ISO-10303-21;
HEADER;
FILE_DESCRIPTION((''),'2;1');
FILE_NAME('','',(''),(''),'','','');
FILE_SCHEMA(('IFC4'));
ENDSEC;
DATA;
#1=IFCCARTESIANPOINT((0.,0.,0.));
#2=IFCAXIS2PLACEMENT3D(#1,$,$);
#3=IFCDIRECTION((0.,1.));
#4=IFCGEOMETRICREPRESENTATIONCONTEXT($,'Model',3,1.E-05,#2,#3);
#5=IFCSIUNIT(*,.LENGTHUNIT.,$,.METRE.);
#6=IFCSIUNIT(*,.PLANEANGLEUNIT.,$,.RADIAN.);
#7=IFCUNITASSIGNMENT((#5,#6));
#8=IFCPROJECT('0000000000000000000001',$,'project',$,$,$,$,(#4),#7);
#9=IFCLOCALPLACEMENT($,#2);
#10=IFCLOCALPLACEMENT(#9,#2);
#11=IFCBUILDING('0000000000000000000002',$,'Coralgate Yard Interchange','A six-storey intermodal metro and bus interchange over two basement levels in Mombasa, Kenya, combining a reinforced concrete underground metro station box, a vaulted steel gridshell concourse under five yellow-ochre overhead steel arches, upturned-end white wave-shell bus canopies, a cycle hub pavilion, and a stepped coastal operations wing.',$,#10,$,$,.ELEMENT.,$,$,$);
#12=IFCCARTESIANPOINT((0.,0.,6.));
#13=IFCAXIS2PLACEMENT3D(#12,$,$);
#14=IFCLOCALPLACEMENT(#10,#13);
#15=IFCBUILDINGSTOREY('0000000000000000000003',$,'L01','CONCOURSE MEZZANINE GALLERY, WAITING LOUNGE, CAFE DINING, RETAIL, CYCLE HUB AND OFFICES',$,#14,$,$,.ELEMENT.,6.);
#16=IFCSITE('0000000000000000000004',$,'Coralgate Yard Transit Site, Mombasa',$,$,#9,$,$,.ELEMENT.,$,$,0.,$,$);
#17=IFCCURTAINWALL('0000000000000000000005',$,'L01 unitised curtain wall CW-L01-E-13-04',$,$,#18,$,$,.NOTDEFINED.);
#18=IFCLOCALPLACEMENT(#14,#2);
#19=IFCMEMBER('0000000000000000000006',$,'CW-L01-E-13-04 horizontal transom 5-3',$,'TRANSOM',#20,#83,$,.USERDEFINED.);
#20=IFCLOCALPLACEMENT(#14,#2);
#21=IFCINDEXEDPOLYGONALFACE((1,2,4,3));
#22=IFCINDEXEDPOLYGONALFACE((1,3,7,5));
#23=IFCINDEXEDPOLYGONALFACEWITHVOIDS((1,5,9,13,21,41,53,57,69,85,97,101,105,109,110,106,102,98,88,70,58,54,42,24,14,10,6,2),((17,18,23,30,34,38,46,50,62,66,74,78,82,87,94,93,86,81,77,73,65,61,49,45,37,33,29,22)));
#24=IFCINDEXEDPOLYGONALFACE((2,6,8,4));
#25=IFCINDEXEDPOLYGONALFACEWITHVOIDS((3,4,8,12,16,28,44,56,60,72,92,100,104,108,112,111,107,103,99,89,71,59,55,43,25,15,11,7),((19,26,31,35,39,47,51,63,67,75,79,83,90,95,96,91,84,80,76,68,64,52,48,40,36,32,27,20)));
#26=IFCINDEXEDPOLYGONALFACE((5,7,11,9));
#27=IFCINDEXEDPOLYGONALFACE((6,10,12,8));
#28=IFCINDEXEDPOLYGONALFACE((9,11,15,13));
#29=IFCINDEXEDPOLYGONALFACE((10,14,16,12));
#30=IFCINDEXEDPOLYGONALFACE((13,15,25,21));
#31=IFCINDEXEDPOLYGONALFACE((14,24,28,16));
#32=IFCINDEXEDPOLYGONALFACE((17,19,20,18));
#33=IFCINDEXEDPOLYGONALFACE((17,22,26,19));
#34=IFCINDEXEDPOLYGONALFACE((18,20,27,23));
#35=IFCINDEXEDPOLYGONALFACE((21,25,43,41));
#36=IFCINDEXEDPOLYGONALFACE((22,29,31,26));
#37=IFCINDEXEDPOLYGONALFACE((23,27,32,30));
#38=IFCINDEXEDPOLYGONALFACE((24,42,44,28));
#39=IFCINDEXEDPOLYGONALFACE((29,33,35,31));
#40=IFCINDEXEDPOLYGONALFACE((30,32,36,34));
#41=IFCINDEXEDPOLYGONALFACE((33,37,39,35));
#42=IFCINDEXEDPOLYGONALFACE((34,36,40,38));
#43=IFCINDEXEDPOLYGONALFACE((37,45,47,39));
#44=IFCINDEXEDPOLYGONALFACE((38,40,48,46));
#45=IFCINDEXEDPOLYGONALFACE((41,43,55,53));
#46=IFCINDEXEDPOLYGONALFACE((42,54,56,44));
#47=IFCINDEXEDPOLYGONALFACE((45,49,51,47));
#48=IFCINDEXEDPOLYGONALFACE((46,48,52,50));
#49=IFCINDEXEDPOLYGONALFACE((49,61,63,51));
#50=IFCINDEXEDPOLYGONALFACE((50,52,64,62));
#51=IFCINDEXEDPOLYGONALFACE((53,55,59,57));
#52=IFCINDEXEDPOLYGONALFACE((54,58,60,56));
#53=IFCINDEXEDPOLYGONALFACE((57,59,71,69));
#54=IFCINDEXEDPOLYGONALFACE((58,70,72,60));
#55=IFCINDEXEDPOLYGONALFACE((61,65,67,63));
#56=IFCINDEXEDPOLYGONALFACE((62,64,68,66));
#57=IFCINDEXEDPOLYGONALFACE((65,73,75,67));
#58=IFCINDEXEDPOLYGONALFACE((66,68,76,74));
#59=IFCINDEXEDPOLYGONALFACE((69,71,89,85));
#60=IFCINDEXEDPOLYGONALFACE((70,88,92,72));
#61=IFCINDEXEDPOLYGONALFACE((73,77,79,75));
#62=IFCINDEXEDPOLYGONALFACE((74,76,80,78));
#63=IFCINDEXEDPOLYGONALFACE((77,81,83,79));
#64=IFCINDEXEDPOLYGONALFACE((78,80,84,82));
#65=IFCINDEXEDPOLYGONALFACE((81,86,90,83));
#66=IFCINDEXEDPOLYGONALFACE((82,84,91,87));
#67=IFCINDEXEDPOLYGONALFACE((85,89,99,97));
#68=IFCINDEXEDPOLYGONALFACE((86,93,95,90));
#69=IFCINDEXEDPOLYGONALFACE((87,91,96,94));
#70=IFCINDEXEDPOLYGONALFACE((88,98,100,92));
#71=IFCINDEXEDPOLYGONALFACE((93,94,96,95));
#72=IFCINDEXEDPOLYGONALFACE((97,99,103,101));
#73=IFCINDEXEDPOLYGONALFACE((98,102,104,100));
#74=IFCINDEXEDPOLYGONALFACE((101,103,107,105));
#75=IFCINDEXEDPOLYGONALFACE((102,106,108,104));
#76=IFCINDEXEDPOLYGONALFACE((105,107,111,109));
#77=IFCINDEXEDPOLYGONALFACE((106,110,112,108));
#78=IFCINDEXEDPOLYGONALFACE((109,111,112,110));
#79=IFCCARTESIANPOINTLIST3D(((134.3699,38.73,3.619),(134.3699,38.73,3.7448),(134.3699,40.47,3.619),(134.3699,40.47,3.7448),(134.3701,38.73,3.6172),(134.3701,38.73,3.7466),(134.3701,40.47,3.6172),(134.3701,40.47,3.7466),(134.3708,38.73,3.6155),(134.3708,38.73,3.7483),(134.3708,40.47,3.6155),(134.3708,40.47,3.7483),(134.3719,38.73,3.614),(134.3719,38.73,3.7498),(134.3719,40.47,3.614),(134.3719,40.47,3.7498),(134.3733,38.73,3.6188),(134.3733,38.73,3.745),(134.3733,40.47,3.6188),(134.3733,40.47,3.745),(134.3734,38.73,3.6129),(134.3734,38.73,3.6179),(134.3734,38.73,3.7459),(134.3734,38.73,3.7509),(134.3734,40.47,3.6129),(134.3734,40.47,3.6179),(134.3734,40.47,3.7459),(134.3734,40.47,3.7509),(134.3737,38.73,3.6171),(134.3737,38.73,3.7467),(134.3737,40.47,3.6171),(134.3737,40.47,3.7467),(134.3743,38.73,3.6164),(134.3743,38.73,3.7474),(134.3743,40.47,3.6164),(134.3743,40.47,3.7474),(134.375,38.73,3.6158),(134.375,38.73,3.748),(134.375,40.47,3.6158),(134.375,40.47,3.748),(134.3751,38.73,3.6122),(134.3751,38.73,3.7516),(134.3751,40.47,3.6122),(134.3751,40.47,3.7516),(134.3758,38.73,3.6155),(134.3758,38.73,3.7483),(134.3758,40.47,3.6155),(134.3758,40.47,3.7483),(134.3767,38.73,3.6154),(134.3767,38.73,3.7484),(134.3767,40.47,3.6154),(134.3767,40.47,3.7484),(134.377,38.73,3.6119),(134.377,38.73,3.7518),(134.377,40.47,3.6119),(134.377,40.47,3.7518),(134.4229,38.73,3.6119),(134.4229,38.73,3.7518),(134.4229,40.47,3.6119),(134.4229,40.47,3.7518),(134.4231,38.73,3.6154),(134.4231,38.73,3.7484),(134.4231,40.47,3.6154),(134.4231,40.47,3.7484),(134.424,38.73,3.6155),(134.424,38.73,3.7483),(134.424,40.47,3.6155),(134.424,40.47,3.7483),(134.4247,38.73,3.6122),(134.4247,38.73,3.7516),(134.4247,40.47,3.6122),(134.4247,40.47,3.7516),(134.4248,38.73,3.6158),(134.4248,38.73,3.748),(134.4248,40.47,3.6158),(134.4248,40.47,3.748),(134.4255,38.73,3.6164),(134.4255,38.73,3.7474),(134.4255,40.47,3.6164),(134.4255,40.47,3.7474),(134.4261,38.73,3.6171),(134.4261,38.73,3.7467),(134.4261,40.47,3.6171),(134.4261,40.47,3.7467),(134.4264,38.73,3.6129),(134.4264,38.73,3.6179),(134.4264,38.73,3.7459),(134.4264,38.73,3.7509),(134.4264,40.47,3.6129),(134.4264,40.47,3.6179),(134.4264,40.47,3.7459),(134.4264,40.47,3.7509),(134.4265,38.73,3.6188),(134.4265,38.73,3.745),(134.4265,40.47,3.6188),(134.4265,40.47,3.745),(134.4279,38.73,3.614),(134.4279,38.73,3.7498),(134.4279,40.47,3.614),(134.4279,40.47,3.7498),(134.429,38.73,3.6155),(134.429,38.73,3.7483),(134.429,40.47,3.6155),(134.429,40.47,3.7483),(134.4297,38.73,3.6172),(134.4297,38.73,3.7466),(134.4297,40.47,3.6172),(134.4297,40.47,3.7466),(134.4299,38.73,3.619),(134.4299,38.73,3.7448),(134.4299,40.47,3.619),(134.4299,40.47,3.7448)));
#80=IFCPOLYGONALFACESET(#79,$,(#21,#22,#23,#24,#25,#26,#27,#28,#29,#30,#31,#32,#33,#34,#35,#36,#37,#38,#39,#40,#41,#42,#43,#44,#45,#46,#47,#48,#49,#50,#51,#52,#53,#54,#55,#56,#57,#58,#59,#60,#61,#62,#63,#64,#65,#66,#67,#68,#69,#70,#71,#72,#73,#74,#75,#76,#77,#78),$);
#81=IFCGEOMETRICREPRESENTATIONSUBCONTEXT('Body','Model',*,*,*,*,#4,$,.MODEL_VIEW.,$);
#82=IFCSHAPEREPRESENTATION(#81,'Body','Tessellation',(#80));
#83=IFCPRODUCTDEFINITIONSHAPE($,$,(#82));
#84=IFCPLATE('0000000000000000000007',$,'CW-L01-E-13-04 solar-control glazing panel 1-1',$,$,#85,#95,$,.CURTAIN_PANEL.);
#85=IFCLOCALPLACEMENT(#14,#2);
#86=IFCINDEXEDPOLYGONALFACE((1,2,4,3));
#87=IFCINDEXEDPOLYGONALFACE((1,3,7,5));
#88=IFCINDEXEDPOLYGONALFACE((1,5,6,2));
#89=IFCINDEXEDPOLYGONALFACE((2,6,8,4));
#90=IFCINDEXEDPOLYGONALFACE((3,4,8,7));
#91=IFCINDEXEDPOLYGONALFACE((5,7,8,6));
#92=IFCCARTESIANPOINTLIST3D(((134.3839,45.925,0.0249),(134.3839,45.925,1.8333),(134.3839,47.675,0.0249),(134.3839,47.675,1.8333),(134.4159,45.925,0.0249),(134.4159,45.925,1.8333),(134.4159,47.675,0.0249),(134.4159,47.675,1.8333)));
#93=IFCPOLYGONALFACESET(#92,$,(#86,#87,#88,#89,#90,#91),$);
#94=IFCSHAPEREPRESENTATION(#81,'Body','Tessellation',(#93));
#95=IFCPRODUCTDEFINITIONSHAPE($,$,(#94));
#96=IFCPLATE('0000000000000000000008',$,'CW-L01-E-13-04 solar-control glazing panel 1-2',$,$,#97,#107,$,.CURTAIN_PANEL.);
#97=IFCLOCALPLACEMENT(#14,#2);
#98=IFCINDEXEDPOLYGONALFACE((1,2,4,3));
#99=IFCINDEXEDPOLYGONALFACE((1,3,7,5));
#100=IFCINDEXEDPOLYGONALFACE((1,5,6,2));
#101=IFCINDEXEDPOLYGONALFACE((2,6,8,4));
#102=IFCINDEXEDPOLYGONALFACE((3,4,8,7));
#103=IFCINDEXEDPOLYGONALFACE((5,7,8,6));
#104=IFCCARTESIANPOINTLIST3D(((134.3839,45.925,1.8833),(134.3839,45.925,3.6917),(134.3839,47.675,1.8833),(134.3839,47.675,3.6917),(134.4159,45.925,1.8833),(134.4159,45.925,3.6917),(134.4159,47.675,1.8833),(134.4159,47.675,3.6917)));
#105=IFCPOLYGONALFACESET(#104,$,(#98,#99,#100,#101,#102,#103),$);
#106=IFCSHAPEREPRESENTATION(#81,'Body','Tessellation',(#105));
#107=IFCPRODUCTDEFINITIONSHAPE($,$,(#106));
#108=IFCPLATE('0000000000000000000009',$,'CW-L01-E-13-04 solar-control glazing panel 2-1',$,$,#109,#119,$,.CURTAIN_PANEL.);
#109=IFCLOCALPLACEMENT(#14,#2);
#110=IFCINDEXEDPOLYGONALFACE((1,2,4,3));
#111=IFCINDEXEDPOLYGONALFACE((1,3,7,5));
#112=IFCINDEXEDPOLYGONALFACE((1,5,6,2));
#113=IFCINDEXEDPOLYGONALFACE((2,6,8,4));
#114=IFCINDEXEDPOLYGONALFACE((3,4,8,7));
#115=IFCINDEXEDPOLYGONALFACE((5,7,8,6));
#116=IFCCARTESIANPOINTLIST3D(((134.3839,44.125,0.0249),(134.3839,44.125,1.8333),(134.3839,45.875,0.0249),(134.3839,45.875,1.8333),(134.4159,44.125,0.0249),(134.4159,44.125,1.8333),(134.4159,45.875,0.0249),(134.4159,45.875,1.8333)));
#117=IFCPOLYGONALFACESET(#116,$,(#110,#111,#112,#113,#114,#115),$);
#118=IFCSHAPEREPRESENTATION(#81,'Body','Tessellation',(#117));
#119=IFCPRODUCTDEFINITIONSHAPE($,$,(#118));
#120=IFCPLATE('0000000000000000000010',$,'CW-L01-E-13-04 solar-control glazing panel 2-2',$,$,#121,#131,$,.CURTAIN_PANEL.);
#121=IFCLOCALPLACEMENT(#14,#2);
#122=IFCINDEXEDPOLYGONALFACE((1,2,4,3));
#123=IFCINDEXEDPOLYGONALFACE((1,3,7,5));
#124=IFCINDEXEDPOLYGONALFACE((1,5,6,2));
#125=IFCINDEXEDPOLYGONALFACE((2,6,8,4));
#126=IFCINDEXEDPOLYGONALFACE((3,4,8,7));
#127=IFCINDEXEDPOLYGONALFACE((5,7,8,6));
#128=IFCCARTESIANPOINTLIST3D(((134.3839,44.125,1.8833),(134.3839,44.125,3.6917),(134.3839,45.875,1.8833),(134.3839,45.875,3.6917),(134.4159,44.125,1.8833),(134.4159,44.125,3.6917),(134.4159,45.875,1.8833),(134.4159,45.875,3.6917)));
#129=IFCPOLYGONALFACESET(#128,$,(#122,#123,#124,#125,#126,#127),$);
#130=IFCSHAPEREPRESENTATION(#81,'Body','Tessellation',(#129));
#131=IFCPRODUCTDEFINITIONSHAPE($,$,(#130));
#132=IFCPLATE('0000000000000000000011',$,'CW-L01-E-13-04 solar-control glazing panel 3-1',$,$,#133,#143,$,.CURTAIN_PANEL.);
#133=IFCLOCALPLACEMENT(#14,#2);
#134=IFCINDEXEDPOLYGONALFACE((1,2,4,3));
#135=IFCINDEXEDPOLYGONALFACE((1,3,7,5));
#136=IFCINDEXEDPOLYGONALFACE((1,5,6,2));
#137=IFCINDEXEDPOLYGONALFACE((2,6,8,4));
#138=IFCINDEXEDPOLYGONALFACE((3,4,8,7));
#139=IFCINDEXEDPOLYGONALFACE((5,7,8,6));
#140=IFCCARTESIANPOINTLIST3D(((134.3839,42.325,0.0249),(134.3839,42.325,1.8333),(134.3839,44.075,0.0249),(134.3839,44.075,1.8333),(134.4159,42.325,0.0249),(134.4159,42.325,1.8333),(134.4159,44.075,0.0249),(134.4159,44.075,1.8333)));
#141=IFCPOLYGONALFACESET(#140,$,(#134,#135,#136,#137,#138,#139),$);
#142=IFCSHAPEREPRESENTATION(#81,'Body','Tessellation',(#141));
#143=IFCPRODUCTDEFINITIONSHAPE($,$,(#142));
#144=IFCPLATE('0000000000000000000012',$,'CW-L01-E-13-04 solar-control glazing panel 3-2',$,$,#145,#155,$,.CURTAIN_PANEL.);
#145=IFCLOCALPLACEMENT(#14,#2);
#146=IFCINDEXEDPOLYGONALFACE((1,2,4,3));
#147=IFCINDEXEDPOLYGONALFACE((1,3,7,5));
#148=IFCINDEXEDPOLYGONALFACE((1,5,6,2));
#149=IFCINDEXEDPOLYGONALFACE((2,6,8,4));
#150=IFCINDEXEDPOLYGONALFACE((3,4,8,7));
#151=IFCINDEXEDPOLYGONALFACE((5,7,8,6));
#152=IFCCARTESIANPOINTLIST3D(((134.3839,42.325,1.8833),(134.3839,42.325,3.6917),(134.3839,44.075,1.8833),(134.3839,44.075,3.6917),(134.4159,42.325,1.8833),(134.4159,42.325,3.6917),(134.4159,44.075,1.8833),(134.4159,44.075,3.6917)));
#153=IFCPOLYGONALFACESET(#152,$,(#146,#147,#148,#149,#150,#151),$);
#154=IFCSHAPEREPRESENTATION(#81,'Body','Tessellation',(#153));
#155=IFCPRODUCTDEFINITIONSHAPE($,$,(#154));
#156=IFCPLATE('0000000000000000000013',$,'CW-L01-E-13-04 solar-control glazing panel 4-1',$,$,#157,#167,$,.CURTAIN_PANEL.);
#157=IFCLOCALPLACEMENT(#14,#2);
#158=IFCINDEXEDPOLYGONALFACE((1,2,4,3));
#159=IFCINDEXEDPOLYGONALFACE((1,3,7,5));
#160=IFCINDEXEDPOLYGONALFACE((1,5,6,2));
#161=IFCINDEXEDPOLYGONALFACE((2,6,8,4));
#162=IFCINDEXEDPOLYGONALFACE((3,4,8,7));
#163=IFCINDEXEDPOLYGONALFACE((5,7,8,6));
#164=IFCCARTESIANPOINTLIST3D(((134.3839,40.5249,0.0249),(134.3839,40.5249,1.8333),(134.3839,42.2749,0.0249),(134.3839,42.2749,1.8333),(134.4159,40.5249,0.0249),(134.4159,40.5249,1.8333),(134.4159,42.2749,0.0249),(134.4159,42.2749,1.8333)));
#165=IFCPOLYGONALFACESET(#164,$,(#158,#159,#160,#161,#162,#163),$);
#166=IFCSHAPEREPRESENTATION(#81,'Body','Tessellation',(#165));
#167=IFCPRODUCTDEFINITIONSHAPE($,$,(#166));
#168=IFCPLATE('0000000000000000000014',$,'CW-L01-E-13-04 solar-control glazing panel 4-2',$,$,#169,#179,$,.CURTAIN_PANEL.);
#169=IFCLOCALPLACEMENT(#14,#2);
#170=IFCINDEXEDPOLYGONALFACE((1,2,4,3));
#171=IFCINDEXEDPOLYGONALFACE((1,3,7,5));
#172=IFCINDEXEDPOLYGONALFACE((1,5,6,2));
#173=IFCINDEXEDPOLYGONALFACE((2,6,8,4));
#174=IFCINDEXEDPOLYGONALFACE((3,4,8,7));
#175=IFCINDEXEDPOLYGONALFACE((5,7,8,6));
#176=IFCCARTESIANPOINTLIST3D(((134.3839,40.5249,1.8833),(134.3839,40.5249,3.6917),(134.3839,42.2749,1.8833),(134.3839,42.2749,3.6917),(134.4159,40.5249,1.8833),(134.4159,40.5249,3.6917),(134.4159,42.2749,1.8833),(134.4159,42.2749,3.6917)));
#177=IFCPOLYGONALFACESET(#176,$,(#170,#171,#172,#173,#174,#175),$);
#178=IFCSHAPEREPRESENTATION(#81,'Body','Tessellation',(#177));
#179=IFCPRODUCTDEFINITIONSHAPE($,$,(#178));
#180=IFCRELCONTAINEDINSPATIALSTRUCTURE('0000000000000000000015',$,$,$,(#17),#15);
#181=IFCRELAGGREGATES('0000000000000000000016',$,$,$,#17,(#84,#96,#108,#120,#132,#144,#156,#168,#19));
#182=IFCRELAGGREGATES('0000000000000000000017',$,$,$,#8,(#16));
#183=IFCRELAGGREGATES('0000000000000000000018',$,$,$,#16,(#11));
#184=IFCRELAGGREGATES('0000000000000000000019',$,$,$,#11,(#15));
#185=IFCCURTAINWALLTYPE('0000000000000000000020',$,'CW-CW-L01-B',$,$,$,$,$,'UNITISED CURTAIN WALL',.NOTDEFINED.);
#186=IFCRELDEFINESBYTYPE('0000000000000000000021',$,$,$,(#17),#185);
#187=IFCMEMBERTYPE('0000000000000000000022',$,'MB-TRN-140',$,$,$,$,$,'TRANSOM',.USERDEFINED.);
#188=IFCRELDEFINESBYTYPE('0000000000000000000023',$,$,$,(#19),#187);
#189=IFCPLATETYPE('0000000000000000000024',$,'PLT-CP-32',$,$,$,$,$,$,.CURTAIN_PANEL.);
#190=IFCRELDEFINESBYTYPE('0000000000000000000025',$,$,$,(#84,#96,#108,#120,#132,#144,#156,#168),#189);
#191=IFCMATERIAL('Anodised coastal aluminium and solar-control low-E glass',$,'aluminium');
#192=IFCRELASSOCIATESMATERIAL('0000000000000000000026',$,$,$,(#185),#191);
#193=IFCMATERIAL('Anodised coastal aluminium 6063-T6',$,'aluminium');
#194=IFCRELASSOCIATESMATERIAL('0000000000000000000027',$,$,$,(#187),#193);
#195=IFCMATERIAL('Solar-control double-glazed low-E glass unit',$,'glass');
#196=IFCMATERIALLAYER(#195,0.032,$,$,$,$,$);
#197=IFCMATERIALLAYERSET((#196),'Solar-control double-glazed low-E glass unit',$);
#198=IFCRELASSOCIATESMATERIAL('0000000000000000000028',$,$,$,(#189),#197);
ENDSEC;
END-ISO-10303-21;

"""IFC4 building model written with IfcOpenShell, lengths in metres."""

from ifc_helpers import new_model, si_unit, direction, frame, origin, origin_2d, place, context, subcontext, project, spatial, rectangle, hollow_rectangle, extrude, material, layer, layer_set, material_profile, profile_set, type_object, element, aggregate, save


model = new_model("IFC4")

# Units and contexts
model_context = context("Model", 3, precision=1e-05, world=origin(), true_north=direction((0.0, 1.0)))
body_context = subcontext(model_context, "Body", "Model", "MODEL_VIEW")
ifc_project = project(units=[si_unit("LENGTHUNIT", "METRE"), si_unit("PLANEANGLEUNIT", "RADIAN")], contexts=[model_context])

# Site, building, storey
site_placement = place(None, origin())
site = spatial("IfcSite", under=ifc_project, at=site_placement, Name="Coralgate Yard Transit Site, Mombasa", CompositionType="ELEMENT", RefElevation=0.0)
building_placement = place(site_placement, origin())
building = spatial("IfcBuilding", under=site, at=building_placement, Name="Coralgate Yard Interchange", Description="A six-storey intermodal metro and bus interchange over two basement levels in Mombasa, Kenya, combining a reinforced concrete underground metro station box, a vaulted steel gridshell concourse under five yellow-ochre overhead steel arches, upturned-end white wave-shell bus canopies, a cycle hub pavilion, and a stepped coastal operations wing.", CompositionType="ELEMENT")
storey_placement = place(building_placement, frame((0.0, 0.0, 6.0)))
storey = spatial("IfcBuildingStorey", under=building, at=storey_placement, Name="L01", Description="CONCOURSE MEZZANINE GALLERY, WAITING LOUNGE, CAFE DINING, RETAIL, CYCLE HUB AND OFFICES", CompositionType="ELEMENT", Elevation=6.0)

# Curtain wall, member, plates
ifc_material_1 = material(Name="Anodised coastal aluminium and solar-control low-E glass", Category="aluminium")
curtain_wall_type = type_object("IfcCurtainWallType", Name="CW-CW-L01-B", ElementType="UNITISED CURTAIN WALL", PredefinedType="NOTDEFINED", material=ifc_material_1)
curtain_wall_placement = place(storey_placement, origin())
curtain_wall = element("IfcCurtainWall", 1, at=curtain_wall_placement, inside=storey, type_object=curtain_wall_type, Name="L01 unitised curtain wall CW-L01-E-13-04", PredefinedType="NOTDEFINED")
ifc_material_2 = material(Name="Anodised coastal aluminium 6063-T6", Category="aluminium")
ifc_material_profile_1 = material_profile(ifc_material_2, hollow_rectangle(XDim=0.0601, YDim=0.1399, WallThickness=0.0034, InnerFilletRadius=0.0034, OuterFilletRadius=0.0071, at=origin_2d()), Name="ALU 60x140x3.5")
ifc_profile_set_1 = profile_set([ifc_material_profile_1], Name="Anodised coastal aluminium 6063-T6")
member_type_1 = type_object("IfcMemberType", Name="MB-TRN-140", ElementType="TRANSOM", PredefinedType="USERDEFINED", material=ifc_profile_set_1)
member_1_placement = place(storey_placement, frame((134.3999, 40.47, 3.6819), z_axis=(0.0, -1.0, 0.0), x_axis=(1.0, 0.0, 0.0)))
member_1 = element("IfcMember", 2, at=member_1_placement, type_object=member_type_1, Name="CW-L01-E-13-04 horizontal transom 5-3", ObjectType="TRANSOM", PredefinedType="USERDEFINED", context=body_context, shape_type="SweptSolid", body=[
    extrude(hollow_rectangle(XDim=0.0601, YDim=0.1399, WallThickness=0.0034, InnerFilletRadius=0.0034, OuterFilletRadius=0.0071, at=origin_2d()), origin(), (0.0, 0.0, 1.0), 1.74),
])
ifc_material_3 = material(Name="Solar-control double-glazed low-E glass unit", Category="glass")
ifc_layer = layer(ifc_material_3, 0.032)
ifc_layer_set = layer_set([ifc_layer], Name="Solar-control double-glazed low-E glass unit")
plate_type = type_object("IfcPlateType", Name="PLT-CP-32", PredefinedType="CURTAIN_PANEL", material=ifc_layer_set)
plate_1_placement = place(storey_placement, frame((134.3999, 46.8, 0.0249), z_axis=(0.0, 0.0, 1.0), x_axis=(0.0, -1.0, 0.0)))
plate_1 = element("IfcPlate", 3, at=plate_1_placement, type_object=plate_type, Name="CW-L01-E-13-04 solar-control glazing panel 1-1", PredefinedType="CURTAIN_PANEL", context=body_context, shape_type="SweptSolid", body=[
    extrude(rectangle(XDim=1.75, YDim=0.032, at=origin_2d()), origin(), (0.0, 0.0, 1.0), 1.8083),
])
plate_2_placement = place(storey_placement, frame((134.3999, 46.8, 1.8833), z_axis=(0.0, 0.0, 1.0), x_axis=(0.0, -1.0, 0.0)))
plate_2 = element("IfcPlate", 4, at=plate_2_placement, type_object=plate_type, Name="CW-L01-E-13-04 solar-control glazing panel 1-2", PredefinedType="CURTAIN_PANEL", context=body_context, shape_type="SweptSolid", body=[
    extrude(rectangle(XDim=1.75, YDim=0.032, at=origin_2d()), origin(), (0.0, 0.0, 1.0), 1.8083),
])
plate_3_placement = place(storey_placement, frame((134.3999, 45.0, 0.0249), z_axis=(0.0, 0.0, 1.0), x_axis=(0.0, -1.0, 0.0)))
plate_3 = element("IfcPlate", 5, at=plate_3_placement, type_object=plate_type, Name="CW-L01-E-13-04 solar-control glazing panel 2-1", PredefinedType="CURTAIN_PANEL", context=body_context, shape_type="SweptSolid", body=[
    extrude(rectangle(XDim=1.75, YDim=0.032, at=origin_2d()), origin(), (0.0, 0.0, 1.0), 1.8083),
])
plate_4_placement = place(storey_placement, frame((134.3999, 45.0, 1.8833), z_axis=(0.0, 0.0, 1.0), x_axis=(0.0, -1.0, 0.0)))
plate_4 = element("IfcPlate", 6, at=plate_4_placement, type_object=plate_type, Name="CW-L01-E-13-04 solar-control glazing panel 2-2", PredefinedType="CURTAIN_PANEL", context=body_context, shape_type="SweptSolid", body=[
    extrude(rectangle(XDim=1.75, YDim=0.032, at=origin_2d()), origin(), (0.0, 0.0, 1.0), 1.8083),
])
plate_5_placement = place(storey_placement, frame((134.3999, 43.2, 0.0249), z_axis=(0.0, 0.0, 1.0), x_axis=(0.0, -1.0, 0.0)))
plate_5 = element("IfcPlate", 7, at=plate_5_placement, type_object=plate_type, Name="CW-L01-E-13-04 solar-control glazing panel 3-1", PredefinedType="CURTAIN_PANEL", context=body_context, shape_type="SweptSolid", body=[
    extrude(rectangle(XDim=1.75, YDim=0.032, at=origin_2d()), origin(), (0.0, 0.0, 1.0), 1.8083),
])
plate_6_placement = place(storey_placement, frame((134.3999, 43.2, 1.8833), z_axis=(0.0, 0.0, 1.0), x_axis=(0.0, -1.0, 0.0)))
plate_6 = element("IfcPlate", 8, at=plate_6_placement, type_object=plate_type, Name="CW-L01-E-13-04 solar-control glazing panel 3-2", PredefinedType="CURTAIN_PANEL", context=body_context, shape_type="SweptSolid", body=[
    extrude(rectangle(XDim=1.75, YDim=0.032, at=origin_2d()), origin(), (0.0, 0.0, 1.0), 1.8083),
])
plate_7_placement = place(storey_placement, frame((134.3999, 41.3999, 0.0249), z_axis=(0.0, 0.0, 1.0), x_axis=(0.0, -1.0, 0.0)))
plate_7 = element("IfcPlate", 9, at=plate_7_placement, type_object=plate_type, Name="CW-L01-E-13-04 solar-control glazing panel 4-1", PredefinedType="CURTAIN_PANEL", context=body_context, shape_type="SweptSolid", body=[
    extrude(rectangle(XDim=1.75, YDim=0.032, at=origin_2d()), origin(), (0.0, 0.0, 1.0), 1.8083),
])
plate_8_placement = place(storey_placement, frame((134.3999, 41.3999, 1.8833), z_axis=(0.0, 0.0, 1.0), x_axis=(0.0, -1.0, 0.0)))
plate_8 = element("IfcPlate", 10, at=plate_8_placement, type_object=plate_type, Name="CW-L01-E-13-04 solar-control glazing panel 4-2", PredefinedType="CURTAIN_PANEL", context=body_context, shape_type="SweptSolid", body=[
    extrude(rectangle(XDim=1.75, YDim=0.032, at=origin_2d()), origin(), (0.0, 0.0, 1.0), 1.8083),
])
aggregate(curtain_wall, [plate_1, plate_2, plate_3, plate_4, plate_5, plate_6, plate_7, plate_8, member_1])

save(model, "model.ifc")
